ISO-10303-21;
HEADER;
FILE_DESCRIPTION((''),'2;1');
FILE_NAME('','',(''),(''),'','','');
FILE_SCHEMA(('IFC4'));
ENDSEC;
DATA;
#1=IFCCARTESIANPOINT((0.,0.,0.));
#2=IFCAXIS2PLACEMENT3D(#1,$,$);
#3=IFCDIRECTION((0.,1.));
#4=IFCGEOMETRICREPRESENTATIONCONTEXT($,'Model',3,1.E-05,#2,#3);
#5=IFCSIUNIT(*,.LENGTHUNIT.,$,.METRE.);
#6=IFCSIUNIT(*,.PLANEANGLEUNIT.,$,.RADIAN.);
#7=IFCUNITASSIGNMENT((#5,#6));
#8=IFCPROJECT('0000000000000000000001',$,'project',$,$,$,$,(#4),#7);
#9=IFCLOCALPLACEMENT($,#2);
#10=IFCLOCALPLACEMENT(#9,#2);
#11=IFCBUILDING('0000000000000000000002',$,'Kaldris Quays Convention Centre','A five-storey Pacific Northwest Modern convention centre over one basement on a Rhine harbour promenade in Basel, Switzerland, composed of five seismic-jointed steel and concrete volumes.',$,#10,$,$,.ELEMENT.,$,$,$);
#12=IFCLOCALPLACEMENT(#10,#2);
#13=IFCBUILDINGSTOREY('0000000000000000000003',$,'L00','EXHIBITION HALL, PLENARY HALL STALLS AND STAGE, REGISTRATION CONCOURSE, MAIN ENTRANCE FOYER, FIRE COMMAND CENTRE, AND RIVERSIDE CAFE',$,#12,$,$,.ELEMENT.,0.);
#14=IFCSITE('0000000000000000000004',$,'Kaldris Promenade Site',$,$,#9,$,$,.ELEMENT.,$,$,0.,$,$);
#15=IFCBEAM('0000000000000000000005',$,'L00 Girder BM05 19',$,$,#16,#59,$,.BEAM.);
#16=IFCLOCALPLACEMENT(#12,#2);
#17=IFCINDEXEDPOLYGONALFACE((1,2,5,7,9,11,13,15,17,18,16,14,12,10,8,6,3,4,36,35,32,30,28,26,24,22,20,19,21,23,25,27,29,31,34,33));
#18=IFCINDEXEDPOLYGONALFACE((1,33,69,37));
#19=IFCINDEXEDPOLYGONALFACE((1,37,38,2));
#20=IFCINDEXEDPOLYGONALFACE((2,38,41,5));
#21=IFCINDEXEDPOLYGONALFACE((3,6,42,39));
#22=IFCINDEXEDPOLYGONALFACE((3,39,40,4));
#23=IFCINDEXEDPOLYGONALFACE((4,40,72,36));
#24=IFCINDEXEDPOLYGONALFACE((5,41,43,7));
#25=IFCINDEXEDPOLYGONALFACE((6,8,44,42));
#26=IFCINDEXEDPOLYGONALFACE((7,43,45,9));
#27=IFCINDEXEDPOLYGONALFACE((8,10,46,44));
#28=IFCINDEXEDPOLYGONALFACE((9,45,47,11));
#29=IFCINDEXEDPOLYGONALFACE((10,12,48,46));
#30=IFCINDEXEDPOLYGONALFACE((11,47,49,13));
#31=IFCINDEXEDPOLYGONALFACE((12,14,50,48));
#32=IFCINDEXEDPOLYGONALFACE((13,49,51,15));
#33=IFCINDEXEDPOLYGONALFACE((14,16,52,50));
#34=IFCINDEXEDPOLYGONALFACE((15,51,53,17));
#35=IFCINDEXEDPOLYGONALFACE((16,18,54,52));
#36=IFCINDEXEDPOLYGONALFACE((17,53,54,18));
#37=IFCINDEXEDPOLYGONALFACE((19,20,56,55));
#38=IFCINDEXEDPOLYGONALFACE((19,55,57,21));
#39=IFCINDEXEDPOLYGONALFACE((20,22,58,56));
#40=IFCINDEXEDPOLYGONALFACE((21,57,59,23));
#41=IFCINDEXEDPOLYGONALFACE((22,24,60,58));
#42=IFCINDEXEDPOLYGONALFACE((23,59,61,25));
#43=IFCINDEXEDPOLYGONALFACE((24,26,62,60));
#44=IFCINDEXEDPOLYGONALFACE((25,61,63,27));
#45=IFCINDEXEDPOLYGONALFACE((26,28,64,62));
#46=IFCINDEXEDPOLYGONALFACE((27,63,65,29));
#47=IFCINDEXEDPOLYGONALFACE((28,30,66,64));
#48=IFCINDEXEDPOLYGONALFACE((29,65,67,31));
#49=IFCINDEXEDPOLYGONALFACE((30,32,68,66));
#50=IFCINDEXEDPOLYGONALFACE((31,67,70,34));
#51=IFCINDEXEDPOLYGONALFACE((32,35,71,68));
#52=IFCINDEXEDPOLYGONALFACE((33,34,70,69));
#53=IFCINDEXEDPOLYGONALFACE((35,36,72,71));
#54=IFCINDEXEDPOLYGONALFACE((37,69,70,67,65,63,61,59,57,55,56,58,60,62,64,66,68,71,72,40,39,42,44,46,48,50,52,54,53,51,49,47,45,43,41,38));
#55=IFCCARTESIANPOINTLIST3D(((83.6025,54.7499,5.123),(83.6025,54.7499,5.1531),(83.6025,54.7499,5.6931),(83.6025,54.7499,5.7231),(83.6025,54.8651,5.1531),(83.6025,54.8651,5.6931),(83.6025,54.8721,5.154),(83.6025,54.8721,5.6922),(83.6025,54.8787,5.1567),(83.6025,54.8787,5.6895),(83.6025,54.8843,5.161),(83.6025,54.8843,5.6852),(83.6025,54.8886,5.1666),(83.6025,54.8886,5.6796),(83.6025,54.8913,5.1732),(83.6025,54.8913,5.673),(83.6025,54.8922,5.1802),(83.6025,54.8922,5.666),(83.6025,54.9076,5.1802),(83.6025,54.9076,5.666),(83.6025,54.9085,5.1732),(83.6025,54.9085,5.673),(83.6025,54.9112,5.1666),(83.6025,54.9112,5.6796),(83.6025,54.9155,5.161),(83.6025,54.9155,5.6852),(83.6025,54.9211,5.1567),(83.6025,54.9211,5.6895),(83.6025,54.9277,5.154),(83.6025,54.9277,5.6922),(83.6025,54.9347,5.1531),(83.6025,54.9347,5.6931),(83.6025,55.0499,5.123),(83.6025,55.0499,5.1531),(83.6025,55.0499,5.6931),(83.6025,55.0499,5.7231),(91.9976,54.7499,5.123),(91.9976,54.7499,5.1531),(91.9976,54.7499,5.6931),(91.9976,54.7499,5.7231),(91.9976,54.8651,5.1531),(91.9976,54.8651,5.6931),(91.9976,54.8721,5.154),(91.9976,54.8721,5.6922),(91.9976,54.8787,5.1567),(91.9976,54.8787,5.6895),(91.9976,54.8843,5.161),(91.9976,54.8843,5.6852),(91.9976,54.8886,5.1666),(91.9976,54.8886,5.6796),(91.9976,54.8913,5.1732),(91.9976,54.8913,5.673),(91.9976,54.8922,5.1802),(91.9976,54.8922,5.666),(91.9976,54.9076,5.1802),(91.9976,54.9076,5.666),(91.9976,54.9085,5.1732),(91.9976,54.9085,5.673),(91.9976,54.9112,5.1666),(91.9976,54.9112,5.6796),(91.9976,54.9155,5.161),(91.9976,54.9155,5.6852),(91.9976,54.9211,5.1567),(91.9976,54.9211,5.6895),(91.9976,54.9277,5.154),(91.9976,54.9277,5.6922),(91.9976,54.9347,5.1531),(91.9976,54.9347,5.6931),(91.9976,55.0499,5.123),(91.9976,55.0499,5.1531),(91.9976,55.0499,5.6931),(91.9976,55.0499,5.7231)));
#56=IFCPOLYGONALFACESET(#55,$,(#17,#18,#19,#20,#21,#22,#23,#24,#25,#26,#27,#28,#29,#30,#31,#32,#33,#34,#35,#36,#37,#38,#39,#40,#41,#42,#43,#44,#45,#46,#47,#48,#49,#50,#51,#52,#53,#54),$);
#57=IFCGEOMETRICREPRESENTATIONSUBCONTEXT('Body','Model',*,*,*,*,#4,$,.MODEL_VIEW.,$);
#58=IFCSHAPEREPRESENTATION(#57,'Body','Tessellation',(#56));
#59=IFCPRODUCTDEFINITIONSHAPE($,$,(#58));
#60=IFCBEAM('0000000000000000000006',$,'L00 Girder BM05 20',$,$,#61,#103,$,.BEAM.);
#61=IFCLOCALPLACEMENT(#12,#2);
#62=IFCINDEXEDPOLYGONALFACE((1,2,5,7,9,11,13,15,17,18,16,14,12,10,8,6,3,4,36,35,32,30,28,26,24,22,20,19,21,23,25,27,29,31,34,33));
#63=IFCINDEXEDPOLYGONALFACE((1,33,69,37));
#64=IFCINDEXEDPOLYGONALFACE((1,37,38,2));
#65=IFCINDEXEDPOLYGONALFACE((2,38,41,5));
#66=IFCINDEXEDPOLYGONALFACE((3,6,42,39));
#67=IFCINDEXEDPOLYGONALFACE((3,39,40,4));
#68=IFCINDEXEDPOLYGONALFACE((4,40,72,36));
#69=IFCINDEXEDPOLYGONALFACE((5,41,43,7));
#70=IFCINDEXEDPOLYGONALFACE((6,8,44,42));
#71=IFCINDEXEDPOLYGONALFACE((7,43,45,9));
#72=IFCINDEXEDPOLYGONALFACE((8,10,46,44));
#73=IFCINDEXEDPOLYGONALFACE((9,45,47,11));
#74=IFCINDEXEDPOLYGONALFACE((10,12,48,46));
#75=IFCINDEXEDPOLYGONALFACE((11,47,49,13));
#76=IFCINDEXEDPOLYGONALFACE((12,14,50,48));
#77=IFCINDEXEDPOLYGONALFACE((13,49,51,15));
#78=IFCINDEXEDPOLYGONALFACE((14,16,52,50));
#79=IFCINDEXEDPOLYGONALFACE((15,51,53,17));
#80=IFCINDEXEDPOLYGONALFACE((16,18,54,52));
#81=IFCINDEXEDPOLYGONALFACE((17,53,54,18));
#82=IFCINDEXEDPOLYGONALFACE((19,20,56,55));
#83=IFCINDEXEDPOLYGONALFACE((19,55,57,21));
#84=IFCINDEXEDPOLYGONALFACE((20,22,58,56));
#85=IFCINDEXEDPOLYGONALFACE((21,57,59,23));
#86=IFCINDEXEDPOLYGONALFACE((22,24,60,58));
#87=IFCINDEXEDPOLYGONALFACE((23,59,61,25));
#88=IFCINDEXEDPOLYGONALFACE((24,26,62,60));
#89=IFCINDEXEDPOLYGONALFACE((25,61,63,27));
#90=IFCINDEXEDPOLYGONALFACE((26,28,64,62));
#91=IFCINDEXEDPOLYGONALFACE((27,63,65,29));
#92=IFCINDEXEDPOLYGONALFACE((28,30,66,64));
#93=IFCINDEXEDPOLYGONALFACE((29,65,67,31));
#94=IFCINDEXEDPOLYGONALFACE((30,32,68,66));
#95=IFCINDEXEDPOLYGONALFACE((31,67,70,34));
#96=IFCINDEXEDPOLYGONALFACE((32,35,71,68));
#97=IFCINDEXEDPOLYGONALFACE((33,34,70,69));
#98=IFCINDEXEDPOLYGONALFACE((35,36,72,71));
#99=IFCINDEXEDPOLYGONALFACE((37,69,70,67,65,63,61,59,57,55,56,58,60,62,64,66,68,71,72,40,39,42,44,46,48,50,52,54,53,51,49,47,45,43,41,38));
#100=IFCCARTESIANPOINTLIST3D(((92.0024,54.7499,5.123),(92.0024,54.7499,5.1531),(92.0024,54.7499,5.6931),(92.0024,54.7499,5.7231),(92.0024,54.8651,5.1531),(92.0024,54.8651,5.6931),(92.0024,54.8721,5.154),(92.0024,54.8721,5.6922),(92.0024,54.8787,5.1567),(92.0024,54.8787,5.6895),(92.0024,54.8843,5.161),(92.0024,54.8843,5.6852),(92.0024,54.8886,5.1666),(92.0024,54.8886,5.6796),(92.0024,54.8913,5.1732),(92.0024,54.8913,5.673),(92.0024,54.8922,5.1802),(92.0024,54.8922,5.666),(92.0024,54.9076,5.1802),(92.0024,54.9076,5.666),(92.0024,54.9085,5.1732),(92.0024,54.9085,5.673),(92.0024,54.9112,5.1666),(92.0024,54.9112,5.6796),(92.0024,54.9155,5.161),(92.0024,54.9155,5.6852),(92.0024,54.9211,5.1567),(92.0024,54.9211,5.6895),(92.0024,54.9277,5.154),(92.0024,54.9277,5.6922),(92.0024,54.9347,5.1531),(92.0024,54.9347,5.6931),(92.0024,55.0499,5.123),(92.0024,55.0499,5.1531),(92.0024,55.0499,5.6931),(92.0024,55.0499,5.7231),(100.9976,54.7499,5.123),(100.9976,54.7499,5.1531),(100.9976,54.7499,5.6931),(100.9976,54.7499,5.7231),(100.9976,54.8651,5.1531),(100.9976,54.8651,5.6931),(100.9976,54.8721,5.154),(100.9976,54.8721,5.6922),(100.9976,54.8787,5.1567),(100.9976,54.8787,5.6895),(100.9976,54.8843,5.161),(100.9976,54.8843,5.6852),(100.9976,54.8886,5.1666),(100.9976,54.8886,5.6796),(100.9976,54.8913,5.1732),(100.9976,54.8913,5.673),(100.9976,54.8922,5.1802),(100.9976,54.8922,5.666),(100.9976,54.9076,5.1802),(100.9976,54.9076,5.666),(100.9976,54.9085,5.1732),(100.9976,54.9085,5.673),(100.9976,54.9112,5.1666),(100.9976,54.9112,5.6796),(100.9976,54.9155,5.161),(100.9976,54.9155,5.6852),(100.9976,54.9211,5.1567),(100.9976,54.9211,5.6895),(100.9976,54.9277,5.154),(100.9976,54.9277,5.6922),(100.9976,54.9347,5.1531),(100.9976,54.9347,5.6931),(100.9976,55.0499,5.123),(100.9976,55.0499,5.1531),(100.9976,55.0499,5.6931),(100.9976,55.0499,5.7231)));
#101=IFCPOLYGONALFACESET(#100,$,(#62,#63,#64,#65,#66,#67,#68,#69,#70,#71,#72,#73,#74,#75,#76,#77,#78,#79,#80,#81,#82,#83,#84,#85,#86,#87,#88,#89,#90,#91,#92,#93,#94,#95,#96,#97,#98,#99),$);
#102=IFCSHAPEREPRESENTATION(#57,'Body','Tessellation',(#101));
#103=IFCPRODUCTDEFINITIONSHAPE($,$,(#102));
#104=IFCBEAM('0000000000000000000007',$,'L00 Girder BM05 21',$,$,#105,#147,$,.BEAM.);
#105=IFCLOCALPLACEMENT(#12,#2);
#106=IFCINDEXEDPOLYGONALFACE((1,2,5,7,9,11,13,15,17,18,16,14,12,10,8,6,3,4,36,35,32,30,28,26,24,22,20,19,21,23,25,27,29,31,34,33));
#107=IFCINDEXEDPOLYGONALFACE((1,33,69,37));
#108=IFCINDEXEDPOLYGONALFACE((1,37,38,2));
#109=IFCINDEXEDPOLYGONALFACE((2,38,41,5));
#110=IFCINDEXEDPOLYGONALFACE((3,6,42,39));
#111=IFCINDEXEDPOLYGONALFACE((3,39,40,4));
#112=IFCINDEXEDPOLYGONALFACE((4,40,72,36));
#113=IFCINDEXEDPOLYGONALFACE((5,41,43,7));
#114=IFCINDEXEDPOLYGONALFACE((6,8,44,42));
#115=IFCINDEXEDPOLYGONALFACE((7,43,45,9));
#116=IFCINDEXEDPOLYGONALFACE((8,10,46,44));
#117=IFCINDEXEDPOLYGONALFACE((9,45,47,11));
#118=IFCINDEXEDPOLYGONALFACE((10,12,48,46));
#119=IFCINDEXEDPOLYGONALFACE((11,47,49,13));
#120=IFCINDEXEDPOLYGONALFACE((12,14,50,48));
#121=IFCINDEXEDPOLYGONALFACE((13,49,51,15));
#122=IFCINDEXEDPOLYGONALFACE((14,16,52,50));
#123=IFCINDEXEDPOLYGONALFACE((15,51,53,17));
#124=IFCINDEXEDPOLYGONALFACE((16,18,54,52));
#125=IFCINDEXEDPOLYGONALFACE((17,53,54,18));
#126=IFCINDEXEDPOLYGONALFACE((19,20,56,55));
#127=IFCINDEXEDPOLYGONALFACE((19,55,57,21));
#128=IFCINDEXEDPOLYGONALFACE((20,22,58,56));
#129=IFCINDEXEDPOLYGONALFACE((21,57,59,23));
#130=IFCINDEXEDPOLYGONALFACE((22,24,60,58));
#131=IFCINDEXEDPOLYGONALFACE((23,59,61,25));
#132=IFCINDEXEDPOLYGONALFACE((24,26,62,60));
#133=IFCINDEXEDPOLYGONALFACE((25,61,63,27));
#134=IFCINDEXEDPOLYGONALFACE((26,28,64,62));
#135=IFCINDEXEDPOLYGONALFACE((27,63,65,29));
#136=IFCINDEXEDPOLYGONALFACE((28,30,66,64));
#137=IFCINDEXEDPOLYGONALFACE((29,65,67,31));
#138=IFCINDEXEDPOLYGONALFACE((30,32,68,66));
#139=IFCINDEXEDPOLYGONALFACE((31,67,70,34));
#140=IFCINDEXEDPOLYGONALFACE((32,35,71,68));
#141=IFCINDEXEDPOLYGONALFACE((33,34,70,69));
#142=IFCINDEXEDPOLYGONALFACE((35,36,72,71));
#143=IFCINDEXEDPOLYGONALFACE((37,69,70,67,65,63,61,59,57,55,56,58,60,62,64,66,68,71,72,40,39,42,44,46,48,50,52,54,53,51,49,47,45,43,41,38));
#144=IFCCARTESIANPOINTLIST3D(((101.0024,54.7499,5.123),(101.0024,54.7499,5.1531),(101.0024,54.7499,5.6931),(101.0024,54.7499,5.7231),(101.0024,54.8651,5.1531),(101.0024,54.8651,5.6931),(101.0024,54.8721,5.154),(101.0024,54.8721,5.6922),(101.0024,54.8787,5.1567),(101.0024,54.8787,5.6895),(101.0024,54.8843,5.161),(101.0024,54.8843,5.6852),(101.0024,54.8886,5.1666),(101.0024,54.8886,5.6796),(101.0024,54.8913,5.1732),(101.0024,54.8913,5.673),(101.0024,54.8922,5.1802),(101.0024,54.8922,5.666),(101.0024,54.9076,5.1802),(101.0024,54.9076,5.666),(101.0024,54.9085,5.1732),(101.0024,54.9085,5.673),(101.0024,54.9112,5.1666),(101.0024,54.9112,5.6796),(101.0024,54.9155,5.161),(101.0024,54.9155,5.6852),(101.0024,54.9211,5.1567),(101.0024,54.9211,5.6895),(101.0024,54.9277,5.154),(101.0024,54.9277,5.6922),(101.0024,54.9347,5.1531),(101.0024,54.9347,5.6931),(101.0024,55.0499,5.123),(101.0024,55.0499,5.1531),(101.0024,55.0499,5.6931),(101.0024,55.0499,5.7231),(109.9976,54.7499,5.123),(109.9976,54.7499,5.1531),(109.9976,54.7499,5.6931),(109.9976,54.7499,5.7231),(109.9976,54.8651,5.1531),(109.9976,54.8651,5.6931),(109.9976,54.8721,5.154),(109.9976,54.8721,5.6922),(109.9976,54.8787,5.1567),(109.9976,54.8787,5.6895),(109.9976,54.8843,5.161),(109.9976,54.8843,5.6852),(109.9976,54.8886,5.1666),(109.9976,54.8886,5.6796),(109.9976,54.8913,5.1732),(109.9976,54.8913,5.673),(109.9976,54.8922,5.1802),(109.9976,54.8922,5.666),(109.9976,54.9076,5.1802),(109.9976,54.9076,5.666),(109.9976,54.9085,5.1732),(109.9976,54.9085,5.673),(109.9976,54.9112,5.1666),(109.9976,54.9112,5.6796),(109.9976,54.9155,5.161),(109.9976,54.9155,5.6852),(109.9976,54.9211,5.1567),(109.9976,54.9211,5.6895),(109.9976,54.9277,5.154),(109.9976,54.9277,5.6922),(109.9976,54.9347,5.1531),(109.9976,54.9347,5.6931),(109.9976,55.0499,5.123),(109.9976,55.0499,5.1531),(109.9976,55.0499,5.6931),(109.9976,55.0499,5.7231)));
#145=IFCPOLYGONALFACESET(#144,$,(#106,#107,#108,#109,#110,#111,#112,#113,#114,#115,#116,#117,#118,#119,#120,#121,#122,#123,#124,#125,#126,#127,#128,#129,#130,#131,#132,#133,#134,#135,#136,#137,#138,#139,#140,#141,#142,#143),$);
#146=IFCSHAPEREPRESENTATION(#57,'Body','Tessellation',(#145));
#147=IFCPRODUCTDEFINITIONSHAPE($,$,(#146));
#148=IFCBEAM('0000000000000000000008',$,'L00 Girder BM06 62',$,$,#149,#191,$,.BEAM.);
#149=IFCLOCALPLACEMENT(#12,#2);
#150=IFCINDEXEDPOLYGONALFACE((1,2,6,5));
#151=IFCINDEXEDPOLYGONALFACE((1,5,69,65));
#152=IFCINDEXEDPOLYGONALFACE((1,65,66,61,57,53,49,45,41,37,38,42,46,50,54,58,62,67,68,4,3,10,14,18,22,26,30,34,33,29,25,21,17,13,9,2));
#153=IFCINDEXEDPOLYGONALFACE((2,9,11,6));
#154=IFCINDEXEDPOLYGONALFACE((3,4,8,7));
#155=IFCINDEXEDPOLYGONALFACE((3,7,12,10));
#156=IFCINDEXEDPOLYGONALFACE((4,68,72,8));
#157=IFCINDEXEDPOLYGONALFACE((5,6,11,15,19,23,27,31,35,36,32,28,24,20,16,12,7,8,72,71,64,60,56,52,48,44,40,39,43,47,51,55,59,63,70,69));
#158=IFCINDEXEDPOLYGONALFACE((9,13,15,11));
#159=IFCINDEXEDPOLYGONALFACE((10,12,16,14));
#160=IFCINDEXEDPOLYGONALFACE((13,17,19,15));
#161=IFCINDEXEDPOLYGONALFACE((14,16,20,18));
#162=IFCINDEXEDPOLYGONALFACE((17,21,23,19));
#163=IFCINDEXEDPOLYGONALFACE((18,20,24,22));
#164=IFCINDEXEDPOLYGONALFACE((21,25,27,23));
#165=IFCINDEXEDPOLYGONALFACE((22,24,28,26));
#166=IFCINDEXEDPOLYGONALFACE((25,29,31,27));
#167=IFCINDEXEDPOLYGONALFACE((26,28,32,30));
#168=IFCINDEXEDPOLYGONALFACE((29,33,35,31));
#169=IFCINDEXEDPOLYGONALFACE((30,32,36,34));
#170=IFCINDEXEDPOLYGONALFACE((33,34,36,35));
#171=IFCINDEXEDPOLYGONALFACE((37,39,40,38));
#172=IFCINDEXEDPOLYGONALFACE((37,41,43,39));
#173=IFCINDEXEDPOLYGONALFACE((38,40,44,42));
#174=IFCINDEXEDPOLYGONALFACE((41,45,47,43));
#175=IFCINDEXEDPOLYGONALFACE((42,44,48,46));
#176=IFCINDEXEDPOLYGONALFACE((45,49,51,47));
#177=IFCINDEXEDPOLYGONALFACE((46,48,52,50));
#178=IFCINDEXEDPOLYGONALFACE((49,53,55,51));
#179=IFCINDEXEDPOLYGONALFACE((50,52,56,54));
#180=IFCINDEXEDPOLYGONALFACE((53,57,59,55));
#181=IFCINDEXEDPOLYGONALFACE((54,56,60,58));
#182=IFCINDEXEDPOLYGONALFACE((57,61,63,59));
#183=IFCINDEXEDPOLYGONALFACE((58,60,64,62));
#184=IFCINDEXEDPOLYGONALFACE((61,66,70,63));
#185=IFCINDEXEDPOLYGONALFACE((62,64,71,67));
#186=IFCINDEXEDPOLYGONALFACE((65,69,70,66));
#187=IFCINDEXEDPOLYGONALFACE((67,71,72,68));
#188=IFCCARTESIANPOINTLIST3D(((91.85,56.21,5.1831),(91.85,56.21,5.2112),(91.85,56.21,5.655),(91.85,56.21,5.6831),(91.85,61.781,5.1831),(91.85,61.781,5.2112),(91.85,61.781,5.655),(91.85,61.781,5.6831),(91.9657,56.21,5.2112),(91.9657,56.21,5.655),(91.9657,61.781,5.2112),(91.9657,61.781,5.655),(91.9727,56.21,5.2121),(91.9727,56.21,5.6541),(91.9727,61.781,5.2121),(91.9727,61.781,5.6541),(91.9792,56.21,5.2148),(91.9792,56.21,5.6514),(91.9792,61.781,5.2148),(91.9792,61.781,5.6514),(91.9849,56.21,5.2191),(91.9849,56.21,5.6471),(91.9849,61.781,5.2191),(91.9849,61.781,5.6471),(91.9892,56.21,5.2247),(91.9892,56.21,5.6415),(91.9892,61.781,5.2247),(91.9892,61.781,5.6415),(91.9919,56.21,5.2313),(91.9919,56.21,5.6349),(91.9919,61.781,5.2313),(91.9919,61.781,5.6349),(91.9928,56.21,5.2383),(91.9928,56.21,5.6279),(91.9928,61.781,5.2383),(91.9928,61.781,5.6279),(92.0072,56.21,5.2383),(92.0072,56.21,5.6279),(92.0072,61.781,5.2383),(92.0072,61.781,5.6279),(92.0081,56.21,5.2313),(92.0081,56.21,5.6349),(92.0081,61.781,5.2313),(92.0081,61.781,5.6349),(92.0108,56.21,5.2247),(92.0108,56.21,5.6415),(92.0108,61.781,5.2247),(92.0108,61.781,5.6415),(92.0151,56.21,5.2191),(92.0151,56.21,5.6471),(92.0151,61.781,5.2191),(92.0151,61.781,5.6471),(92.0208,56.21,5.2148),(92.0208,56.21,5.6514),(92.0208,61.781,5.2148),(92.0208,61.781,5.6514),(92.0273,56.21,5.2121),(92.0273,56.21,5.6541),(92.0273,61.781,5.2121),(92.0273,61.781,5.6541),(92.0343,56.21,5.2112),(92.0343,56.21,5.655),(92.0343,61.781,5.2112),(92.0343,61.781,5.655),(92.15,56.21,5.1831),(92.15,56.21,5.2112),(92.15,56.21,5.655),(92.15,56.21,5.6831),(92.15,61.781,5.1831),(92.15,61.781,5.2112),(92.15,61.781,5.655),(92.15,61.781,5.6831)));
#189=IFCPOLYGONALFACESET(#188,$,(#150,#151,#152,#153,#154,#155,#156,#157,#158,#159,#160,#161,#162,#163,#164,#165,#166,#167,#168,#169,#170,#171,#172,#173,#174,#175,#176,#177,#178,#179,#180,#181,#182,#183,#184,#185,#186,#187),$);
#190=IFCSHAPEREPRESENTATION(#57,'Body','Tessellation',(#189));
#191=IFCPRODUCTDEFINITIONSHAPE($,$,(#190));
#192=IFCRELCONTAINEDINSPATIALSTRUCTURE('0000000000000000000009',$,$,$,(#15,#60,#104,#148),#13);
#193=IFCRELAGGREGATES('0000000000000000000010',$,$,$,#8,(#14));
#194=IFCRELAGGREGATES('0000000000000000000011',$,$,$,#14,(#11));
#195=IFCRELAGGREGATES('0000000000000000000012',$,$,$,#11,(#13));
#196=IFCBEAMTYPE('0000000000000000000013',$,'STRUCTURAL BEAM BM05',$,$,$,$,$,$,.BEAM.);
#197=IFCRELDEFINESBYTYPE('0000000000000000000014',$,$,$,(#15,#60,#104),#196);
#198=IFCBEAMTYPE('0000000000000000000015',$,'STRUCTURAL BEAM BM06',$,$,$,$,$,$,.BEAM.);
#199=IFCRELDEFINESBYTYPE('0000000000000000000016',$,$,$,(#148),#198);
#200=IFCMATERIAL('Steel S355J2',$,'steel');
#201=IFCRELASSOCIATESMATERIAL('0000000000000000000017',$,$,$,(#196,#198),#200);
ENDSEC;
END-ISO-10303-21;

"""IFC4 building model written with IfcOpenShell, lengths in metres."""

from ifc_helpers import new_model, si_unit, direction, frame, origin, origin_2d, place, context, subcontext, project, spatial, i_section, extrude, material, material_profile, profile_set, type_object, element, save


model = new_model("IFC4")

# Units and contexts
model_context = context("Model", 3, precision=1e-05, world=origin(), true_north=direction((0.0, 1.0)))
body_context = subcontext(model_context, "Body", "Model", "MODEL_VIEW")
ifc_project = project(units=[si_unit("LENGTHUNIT", "METRE"), si_unit("PLANEANGLEUNIT", "RADIAN")], contexts=[model_context])

# Site, building, storey
site_placement = place(None, origin())
site = spatial("IfcSite", under=ifc_project, at=site_placement, Name="Kaldris Promenade Site", CompositionType="ELEMENT", RefElevation=0.0)
building_placement = place(site_placement, origin())
building = spatial("IfcBuilding", under=site, at=building_placement, Name="Kaldris Quays Convention Centre", Description="A five-storey Pacific Northwest Modern convention centre over one basement on a Rhine harbour promenade in Basel, Switzerland, composed of five seismic-jointed steel and concrete volumes.", CompositionType="ELEMENT")
storey_placement = place(building_placement, origin())
storey = spatial("IfcBuildingStorey", under=building, at=storey_placement, Name="L00", Description="EXHIBITION HALL, PLENARY HALL STALLS AND STAGE, REGISTRATION CONCOURSE, MAIN ENTRANCE FOYER, FIRE COMMAND CENTRE, AND RIVERSIDE CAFE", CompositionType="ELEMENT", Elevation=0.0)

# Shared definitions
ifc_material_1 = material(Name="Steel S355J2", Category="steel")

# Beams
ifc_material_profile_1 = material_profile(ifc_material_1, i_section(OverallWidth=0.3, OverallDepth=0.6001, WebThickness=0.0154, FlangeThickness=0.03, FilletRadius=0.0271, at=origin_2d()), Name="HEB 600")
ifc_profile_set_1 = profile_set([ifc_material_profile_1], Name="Steel S355J2")
beam_type_1 = type_object("IfcBeamType", Name="STRUCTURAL BEAM BM05", PredefinedType="BEAM", material=ifc_profile_set_1)
beam_1_placement = place(storey_placement, frame((83.6025, 54.8999, 5.4231), z_axis=(1.0, 0.0, 0.0), x_axis=(0.0, 1.0, 0.0)))
element("IfcBeam", 1, at=beam_1_placement, inside=storey, type_object=beam_type_1, Name="L00 Girder BM05 19", PredefinedType="BEAM", context=body_context, shape_type="SweptSolid", body=[
    extrude(i_section(OverallWidth=0.3, OverallDepth=0.6001, WebThickness=0.0154, FlangeThickness=0.03, FilletRadius=0.0271, at=origin_2d()), origin(), (0.0, 0.0, 1.0), 8.395),
])
for number, where, z_axis, x_axis, name in (
    (2, (92.0024, 54.8999, 5.4231), (1.0, 0.0, 0.0), (0.0, 1.0, 0.0), "L00 Girder BM05 20"),
    (3, (101.0024, 54.8999, 5.4231), (1.0, 0.0, 0.0), (0.0, 1.0, 0.0), "L00 Girder BM05 21"),
):
    element("IfcBeam", number, at=place(storey_placement, frame(where, z_axis=z_axis, x_axis=x_axis)), inside=storey, type_object=beam_type_1, Name=name, PredefinedType="BEAM", context=body_context, shape_type="SweptSolid", body=[
        extrude(i_section(OverallWidth=0.3, OverallDepth=0.6001, WebThickness=0.0154, FlangeThickness=0.03, FilletRadius=0.0271, at=origin_2d()), origin(), (0.0, 0.0, 1.0), 8.9951),
    ])
ifc_material_profile_2 = material_profile(ifc_material_1, i_section(OverallWidth=0.3, OverallDepth=0.5, WebThickness=0.0144, FlangeThickness=0.0281, FilletRadius=0.0271, at=origin_2d()), Name="HEB 500")
ifc_profile_set_2 = profile_set([ifc_material_profile_2], Name="Steel S355J2")
beam_type_2 = type_object("IfcBeamType", Name="STRUCTURAL BEAM BM06", PredefinedType="BEAM", material=ifc_profile_set_2)
beam_2_placement = place(storey_placement, frame((92.0, 56.21, 5.4331), z_axis=(0.0, 1.0, 0.0), x_axis=(-1.0, 0.0, 0.0)))
element("IfcBeam", 4, at=beam_2_placement, inside=storey, type_object=beam_type_2, Name="L00 Girder BM06 62", PredefinedType="BEAM", context=body_context, shape_type="SweptSolid", body=[
    extrude(i_section(OverallWidth=0.3, OverallDepth=0.5, WebThickness=0.0144, FlangeThickness=0.0281, FilletRadius=0.0271, at=origin_2d()), origin(), (0.0, 0.0, 1.0), 5.571),
])

save(model, "model.ifc")
